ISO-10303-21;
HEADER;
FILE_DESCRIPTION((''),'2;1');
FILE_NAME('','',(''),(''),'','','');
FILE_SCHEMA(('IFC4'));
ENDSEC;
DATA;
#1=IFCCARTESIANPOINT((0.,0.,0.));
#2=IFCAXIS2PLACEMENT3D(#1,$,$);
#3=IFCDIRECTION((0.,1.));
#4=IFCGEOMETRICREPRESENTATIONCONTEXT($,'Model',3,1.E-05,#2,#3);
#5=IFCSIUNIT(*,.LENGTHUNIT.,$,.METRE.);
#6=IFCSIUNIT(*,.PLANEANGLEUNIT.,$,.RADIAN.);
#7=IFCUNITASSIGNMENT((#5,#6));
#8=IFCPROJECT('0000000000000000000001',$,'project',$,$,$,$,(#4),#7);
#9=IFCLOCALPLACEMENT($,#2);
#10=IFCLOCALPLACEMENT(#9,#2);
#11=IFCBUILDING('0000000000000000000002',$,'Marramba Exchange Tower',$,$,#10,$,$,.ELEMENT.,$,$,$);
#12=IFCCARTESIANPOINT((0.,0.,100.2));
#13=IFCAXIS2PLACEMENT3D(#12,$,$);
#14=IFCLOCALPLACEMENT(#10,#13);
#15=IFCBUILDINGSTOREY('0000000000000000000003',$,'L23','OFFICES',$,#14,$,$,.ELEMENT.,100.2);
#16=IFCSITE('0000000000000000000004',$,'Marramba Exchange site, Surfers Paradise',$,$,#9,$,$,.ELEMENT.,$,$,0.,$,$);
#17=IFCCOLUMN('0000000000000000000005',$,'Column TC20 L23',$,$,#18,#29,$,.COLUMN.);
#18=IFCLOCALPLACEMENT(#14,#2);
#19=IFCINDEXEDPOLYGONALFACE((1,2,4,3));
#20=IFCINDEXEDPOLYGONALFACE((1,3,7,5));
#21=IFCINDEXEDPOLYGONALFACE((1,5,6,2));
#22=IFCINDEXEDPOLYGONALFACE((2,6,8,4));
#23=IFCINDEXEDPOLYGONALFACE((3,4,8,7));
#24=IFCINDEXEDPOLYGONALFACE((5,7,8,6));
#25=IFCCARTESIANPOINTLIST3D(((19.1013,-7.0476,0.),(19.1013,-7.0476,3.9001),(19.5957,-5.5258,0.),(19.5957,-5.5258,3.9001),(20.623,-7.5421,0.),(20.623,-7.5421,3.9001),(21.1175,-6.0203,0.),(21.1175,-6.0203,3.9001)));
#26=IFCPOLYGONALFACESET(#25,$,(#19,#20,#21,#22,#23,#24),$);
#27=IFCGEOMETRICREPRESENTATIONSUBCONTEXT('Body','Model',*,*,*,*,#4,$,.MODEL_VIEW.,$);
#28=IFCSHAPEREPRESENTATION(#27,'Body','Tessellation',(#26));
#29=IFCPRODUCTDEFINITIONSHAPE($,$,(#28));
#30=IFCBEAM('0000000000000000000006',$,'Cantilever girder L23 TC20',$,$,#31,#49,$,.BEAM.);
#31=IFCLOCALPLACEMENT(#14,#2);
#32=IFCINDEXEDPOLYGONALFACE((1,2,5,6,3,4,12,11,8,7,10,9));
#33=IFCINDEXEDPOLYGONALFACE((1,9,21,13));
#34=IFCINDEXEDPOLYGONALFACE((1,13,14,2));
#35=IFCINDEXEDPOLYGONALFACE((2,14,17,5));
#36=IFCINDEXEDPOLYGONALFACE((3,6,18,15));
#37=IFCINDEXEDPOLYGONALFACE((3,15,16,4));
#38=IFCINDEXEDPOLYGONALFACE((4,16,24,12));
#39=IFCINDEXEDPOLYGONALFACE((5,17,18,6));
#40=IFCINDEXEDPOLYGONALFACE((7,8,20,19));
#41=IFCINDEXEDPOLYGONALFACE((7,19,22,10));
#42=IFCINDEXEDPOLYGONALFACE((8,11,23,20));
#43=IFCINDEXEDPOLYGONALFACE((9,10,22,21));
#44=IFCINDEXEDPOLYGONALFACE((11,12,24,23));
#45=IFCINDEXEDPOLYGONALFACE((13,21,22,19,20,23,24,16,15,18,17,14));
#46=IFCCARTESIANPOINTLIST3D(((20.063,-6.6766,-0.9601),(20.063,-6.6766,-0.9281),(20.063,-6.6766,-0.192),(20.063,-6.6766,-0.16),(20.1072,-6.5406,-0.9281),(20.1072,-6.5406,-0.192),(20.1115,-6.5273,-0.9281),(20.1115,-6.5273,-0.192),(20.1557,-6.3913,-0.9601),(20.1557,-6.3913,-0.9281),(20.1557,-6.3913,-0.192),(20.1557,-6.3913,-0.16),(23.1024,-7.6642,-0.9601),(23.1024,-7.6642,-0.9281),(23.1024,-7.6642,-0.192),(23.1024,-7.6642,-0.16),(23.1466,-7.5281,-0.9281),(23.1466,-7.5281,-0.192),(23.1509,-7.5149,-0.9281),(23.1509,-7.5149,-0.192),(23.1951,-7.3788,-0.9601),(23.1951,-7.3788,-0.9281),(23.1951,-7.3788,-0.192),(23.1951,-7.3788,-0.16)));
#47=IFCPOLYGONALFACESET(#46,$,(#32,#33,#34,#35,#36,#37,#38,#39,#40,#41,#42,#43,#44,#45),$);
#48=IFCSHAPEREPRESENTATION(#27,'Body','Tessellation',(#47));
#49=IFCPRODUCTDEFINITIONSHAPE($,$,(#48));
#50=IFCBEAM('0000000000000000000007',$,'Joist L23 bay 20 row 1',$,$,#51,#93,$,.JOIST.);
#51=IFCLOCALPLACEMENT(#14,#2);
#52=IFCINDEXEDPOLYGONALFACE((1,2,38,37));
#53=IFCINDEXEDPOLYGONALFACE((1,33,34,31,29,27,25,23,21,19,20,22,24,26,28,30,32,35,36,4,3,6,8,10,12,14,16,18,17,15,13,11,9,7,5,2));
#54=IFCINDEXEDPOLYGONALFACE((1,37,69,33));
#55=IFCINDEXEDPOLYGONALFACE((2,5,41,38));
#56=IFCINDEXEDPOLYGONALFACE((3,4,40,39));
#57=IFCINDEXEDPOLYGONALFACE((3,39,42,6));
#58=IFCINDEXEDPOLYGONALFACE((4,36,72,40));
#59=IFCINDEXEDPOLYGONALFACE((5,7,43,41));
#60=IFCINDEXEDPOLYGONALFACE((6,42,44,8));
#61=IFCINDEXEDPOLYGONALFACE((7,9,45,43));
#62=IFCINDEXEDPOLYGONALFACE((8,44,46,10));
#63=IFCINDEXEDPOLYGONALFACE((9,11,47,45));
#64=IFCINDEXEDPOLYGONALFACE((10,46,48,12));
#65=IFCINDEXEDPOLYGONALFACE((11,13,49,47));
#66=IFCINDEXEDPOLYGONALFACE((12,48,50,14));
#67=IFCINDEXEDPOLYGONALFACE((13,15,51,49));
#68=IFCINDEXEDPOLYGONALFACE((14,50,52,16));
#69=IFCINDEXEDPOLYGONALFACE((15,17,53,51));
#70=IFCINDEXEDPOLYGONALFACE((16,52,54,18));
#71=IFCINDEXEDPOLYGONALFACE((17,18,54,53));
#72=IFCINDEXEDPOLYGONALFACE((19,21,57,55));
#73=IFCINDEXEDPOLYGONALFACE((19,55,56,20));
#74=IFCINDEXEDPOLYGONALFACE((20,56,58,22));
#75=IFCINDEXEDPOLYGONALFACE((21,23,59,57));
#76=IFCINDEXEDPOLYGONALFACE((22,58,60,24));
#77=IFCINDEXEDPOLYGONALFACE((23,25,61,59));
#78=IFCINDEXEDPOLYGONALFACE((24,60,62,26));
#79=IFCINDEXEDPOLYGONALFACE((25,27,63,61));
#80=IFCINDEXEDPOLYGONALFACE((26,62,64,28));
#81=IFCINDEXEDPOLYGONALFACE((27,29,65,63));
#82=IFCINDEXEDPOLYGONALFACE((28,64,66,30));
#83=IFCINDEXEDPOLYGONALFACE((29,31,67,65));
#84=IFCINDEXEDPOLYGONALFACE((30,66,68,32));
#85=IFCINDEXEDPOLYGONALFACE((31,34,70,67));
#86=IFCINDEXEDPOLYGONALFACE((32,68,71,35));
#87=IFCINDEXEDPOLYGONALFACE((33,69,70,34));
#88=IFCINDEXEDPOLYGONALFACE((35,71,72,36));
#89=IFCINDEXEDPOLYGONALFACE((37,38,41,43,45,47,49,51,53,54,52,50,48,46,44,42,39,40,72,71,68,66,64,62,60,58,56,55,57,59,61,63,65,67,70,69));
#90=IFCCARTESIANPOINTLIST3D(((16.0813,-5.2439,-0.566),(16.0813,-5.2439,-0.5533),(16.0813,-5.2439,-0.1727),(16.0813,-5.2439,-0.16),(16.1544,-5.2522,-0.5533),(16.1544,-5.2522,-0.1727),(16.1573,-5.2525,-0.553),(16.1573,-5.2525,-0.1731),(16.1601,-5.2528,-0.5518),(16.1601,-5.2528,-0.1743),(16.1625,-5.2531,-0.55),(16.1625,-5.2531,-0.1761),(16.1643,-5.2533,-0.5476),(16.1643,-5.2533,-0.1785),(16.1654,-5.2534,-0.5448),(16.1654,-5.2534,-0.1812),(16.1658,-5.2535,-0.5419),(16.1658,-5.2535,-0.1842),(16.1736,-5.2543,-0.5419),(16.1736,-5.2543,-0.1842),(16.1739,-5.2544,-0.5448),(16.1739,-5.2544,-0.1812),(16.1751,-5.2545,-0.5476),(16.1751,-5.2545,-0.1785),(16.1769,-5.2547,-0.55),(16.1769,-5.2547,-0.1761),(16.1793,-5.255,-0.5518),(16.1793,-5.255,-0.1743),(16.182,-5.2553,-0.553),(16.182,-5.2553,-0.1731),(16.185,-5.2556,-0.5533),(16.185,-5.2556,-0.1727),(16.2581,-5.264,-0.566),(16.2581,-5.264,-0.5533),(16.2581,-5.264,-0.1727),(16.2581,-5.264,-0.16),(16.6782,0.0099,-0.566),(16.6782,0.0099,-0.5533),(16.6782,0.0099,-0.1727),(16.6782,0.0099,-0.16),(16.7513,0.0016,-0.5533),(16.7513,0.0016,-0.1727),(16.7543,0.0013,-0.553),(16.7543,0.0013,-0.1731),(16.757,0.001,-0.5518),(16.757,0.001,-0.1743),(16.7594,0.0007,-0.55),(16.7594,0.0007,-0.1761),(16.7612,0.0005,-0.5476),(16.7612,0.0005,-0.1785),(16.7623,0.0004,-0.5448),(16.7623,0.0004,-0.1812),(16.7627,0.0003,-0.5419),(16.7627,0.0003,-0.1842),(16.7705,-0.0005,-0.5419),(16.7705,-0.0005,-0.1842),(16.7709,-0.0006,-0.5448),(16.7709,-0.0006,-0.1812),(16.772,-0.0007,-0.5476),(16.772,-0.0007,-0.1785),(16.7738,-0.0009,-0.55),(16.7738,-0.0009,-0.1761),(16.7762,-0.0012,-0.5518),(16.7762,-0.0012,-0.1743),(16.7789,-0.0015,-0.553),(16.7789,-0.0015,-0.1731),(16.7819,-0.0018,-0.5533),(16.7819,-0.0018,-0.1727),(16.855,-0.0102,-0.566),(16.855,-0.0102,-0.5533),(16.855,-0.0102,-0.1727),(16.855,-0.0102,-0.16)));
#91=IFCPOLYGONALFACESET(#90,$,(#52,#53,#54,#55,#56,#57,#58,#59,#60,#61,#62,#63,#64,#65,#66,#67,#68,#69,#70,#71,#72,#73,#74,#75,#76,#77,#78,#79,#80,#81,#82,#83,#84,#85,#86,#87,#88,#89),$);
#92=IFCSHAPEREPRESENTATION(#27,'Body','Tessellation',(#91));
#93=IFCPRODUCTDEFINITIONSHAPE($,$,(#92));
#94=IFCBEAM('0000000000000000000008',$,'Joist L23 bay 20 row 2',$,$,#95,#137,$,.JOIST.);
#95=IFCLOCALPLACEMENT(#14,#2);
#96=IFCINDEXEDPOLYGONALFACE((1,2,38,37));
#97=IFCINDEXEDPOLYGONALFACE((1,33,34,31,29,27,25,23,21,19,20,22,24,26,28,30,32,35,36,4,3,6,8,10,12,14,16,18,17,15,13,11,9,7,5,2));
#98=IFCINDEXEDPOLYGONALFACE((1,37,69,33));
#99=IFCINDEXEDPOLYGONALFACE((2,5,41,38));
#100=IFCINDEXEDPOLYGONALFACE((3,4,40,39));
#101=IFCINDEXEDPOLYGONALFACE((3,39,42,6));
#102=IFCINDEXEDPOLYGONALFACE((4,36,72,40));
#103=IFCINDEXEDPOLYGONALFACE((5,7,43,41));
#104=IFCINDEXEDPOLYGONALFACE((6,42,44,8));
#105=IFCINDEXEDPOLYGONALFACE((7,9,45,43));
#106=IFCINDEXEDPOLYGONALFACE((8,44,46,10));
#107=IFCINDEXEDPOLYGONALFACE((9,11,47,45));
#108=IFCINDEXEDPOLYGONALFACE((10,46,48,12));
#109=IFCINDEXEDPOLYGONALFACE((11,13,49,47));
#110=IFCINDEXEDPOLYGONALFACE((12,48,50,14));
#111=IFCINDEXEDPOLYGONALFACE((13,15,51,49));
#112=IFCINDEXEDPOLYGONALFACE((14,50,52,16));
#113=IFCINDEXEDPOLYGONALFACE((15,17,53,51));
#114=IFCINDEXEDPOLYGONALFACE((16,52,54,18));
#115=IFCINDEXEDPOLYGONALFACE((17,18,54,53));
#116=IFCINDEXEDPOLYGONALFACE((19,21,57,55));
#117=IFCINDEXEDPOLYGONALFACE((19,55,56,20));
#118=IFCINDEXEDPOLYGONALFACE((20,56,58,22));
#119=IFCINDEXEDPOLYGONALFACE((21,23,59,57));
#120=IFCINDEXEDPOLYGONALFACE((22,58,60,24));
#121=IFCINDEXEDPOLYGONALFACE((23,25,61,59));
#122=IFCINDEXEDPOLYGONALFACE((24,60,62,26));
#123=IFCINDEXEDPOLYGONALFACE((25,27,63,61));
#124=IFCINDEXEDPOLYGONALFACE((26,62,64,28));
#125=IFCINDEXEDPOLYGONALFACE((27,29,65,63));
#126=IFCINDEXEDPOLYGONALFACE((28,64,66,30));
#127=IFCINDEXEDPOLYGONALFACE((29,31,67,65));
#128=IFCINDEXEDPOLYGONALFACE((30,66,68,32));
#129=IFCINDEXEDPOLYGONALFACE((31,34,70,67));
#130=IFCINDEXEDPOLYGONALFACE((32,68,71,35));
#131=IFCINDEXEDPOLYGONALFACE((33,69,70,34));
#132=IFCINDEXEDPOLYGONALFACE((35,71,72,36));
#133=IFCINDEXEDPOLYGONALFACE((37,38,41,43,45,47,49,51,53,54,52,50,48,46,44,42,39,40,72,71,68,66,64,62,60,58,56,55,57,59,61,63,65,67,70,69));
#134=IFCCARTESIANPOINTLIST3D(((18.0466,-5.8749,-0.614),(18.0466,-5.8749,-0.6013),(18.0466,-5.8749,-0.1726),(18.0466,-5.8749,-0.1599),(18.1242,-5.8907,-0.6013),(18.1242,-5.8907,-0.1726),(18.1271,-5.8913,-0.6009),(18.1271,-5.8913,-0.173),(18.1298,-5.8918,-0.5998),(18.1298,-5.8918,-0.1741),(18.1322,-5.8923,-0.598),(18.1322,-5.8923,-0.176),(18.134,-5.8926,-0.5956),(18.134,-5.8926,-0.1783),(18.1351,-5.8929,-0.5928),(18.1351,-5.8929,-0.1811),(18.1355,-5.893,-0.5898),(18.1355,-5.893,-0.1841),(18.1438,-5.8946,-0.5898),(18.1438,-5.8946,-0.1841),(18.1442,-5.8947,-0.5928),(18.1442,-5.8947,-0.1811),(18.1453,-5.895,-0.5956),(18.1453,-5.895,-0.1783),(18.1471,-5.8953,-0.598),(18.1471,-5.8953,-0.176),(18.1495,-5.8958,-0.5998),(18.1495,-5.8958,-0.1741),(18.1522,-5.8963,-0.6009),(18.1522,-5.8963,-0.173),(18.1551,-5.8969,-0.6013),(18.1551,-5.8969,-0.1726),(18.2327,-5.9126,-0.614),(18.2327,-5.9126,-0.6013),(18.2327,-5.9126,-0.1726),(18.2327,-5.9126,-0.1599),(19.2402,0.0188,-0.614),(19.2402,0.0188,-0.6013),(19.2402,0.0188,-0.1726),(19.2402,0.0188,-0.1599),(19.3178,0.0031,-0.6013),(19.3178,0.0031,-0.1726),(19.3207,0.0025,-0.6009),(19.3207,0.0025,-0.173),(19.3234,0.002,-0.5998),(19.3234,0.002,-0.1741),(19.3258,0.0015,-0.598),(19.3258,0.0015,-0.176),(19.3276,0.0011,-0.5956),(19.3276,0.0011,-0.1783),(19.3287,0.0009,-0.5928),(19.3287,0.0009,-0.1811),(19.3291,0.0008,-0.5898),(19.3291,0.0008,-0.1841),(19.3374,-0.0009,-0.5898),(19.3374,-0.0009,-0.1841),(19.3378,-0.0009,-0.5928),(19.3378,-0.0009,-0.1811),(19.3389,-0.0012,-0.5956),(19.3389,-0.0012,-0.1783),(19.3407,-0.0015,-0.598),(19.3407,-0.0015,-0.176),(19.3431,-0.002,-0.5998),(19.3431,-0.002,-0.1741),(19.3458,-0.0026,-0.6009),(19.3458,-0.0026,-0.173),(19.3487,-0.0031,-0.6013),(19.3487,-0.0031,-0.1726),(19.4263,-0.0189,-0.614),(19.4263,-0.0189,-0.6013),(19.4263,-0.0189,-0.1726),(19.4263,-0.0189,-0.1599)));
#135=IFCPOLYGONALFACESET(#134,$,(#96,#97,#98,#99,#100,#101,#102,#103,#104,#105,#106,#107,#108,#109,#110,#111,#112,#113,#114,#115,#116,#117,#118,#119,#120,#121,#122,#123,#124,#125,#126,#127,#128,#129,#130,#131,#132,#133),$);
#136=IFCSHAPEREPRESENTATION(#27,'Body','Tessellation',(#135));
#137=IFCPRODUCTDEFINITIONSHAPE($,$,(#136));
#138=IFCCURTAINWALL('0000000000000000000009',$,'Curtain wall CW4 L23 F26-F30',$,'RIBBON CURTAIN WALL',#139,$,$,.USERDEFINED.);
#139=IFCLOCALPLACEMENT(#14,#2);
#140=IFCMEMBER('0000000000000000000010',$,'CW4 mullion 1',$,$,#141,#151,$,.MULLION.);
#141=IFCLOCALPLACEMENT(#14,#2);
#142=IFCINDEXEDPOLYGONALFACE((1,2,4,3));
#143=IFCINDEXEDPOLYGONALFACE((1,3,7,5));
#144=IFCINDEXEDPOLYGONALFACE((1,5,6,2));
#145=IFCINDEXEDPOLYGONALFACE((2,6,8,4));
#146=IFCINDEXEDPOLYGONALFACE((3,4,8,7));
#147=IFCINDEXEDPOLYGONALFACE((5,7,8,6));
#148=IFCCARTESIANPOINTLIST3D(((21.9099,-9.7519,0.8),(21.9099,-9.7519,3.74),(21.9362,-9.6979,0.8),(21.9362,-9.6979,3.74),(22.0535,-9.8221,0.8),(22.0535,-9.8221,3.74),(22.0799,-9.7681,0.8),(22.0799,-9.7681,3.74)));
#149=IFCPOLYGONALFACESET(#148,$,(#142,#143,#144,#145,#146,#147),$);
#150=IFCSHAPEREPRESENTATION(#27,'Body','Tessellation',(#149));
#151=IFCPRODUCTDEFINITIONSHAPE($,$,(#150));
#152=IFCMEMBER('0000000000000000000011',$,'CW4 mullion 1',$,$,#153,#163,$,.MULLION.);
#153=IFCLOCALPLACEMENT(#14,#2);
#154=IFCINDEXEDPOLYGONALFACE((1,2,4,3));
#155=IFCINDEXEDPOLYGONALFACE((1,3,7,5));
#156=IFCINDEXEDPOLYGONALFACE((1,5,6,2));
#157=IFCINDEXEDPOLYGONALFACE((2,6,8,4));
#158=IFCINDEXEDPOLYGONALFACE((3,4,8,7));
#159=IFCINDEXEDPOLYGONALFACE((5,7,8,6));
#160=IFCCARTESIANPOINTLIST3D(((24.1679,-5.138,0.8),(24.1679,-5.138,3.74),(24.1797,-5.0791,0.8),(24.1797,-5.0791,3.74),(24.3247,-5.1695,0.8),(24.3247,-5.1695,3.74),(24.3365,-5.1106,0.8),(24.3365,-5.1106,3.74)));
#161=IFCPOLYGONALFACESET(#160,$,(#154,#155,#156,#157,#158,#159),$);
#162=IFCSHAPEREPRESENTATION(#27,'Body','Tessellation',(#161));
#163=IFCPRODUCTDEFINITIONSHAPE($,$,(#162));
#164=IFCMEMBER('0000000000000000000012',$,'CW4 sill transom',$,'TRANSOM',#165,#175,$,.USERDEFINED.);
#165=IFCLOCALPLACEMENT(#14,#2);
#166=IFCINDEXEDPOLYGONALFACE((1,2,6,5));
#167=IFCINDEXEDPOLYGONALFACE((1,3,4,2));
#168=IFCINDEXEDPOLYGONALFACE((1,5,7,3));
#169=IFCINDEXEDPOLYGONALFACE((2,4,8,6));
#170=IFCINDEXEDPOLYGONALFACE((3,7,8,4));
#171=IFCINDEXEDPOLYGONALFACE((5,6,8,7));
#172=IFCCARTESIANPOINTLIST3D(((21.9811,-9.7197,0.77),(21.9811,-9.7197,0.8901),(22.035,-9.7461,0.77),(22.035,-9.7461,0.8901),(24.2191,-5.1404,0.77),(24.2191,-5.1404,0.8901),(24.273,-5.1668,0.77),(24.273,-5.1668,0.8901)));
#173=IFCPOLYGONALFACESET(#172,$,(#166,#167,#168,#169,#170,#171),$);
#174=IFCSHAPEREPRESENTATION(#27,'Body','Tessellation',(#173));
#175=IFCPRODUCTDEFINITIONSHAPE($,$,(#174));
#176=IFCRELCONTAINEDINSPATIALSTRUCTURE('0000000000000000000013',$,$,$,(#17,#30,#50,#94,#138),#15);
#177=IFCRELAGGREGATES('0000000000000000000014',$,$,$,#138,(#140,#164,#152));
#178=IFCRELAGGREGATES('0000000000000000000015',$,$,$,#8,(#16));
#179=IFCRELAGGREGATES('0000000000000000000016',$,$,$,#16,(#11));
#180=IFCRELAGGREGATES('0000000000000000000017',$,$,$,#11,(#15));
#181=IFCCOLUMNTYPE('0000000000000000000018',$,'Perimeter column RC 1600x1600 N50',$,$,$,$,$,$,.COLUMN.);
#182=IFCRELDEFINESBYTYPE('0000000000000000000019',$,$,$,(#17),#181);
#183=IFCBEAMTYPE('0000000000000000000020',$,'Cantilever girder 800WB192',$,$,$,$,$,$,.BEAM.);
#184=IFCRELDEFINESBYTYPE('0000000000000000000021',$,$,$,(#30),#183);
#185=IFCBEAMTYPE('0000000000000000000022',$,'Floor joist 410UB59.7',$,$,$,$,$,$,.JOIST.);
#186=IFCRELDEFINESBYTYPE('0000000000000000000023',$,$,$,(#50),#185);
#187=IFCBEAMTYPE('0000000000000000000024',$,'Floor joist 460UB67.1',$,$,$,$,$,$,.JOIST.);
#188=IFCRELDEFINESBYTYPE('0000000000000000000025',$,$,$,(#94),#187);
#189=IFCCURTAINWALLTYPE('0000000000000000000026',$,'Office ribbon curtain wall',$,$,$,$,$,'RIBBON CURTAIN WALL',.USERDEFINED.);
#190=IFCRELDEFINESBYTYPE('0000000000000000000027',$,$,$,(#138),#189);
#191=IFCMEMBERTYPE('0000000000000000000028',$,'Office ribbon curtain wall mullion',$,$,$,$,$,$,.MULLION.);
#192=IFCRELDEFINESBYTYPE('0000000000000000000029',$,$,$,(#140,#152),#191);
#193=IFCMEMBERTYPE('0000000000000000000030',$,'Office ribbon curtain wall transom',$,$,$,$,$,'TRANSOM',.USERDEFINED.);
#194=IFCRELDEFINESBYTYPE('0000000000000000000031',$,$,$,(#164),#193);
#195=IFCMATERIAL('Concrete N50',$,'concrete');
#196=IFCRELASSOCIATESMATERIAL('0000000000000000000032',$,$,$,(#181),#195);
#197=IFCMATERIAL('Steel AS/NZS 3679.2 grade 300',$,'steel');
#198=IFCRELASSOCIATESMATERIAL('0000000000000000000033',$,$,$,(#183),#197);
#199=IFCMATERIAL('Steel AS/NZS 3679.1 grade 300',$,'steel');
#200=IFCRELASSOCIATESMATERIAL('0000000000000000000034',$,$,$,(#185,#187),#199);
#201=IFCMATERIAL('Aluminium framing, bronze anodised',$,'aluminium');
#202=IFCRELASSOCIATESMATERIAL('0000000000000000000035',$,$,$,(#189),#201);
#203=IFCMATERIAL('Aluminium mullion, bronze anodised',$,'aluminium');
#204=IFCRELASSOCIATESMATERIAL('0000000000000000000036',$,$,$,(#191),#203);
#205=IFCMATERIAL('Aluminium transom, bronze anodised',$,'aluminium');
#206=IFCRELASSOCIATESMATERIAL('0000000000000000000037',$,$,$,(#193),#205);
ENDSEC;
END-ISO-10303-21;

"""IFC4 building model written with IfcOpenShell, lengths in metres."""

from ifc_helpers import new_model, si_unit, direction, frame, origin, origin_2d, place, context, subcontext, project, spatial, rectangle, i_section, extrude, material, material_profile, profile_set, type_object, element, aggregate, save


model = new_model("IFC4")

# Units and contexts
model_context = context("Model", 3, precision=1e-05, world=origin(), true_north=direction((0.0, 1.0)))
body_context = subcontext(model_context, "Body", "Model", "MODEL_VIEW")
ifc_project = project(units=[si_unit("LENGTHUNIT", "METRE"), si_unit("PLANEANGLEUNIT", "RADIAN")], contexts=[model_context])

# Site, building, storey
site_placement = place(None, origin())
site = spatial("IfcSite", under=ifc_project, at=site_placement, Name="Marramba Exchange site, Surfers Paradise", CompositionType="ELEMENT", RefElevation=0.0)
building_placement = place(site_placement, origin())
building = spatial("IfcBuilding", under=site, at=building_placement, Name="Marramba Exchange Tower", CompositionType="ELEMENT")
storey_placement = place(building_placement, frame((0.0, 0.0, 100.2)))
storey = spatial("IfcBuildingStorey", under=building, at=storey_placement, Name="L23", Description="OFFICES", CompositionType="ELEMENT", Elevation=100.2)

# Column
ifc_material_1 = material(Name="Concrete N50", Category="concrete")
ifc_material_profile_1 = material_profile(ifc_material_1, rectangle(XDim=1.6001, YDim=1.6001, at=origin_2d()), Name="RC 1600x1600")
ifc_profile_set_1 = profile_set([ifc_material_profile_1], Name="Concrete N50")
column_type = type_object("IfcColumnType", Name="Perimeter column RC 1600x1600 N50", PredefinedType="COLUMN", material=ifc_profile_set_1)
column_placement = place(storey_placement, frame((20.1094, -6.5339, 0.0), z_axis=(0.0, 0.0, 1.0), x_axis=(0.951057, -0.309017, 0.0)))
element("IfcColumn", 1, at=column_placement, inside=storey, type_object=column_type, Name="Column TC20 L23", PredefinedType="COLUMN", context=body_context, shape_type="SweptSolid", body=[
    extrude(rectangle(XDim=1.6001, YDim=1.6001, at=origin_2d()), origin(), (0.0, 0.0, 1.0), 3.9001),
])

# Beams
ifc_material_2 = material(Name="Steel AS/NZS 3679.2 grade 300", Category="steel")
ifc_material_profile_2 = material_profile(ifc_material_2, i_section(OverallWidth=0.3, OverallDepth=0.8, WebThickness=0.0139, FlangeThickness=0.032, at=origin_2d()), Name="800WB192")
ifc_profile_set_2 = profile_set([ifc_material_profile_2], Name="Steel AS/NZS 3679.2 grade 300")
beam_type_1 = type_object("IfcBeamType", Name="Cantilever girder 800WB192", PredefinedType="BEAM", material=ifc_profile_set_2)
beam_1_placement = place(storey_placement, frame((20.1094, -6.5339, -0.5601), z_axis=(0.951055, -0.309022, 0.0), x_axis=(0.309022, 0.951055, 0.0)))
element("IfcBeam", 2, at=beam_1_placement, inside=storey, type_object=beam_type_1, Name="Cantilever girder L23 TC20", PredefinedType="BEAM", context=body_context, shape_type="SweptSolid", body=[
    extrude(i_section(OverallWidth=0.3, OverallDepth=0.8, WebThickness=0.0139, FlangeThickness=0.032, at=origin_2d()), origin(), (0.0, 0.0, 1.0), 3.1958),
])
ifc_material_3 = material(Name="Steel AS/NZS 3679.1 grade 300", Category="steel")
ifc_material_profile_3 = material_profile(ifc_material_3, i_section(OverallWidth=0.178, OverallDepth=0.406, WebThickness=0.0078, FlangeThickness=0.0127, FilletRadius=0.0115, at=origin_2d()), Name="410UB59.7")
ifc_profile_set_3 = profile_set([ifc_material_profile_3], Name="Steel AS/NZS 3679.1 grade 300")
beam_type_2 = type_object("IfcBeamType", Name="Floor joist 410UB59.7", PredefinedType="JOIST", material=ifc_profile_set_3)
beam_2_placement = place(storey_placement, frame((16.1697, -5.2539, -0.363), z_axis=(0.112889, 0.993608, 0.0), x_axis=(-0.993608, 0.112889, 0.0)))
element("IfcBeam", 3, at=beam_2_placement, inside=storey, type_object=beam_type_2, Name="Joist L23 bay 20 row 1", PredefinedType="JOIST", context=body_context, shape_type="SweptSolid", body=[
    extrude(i_section(OverallWidth=0.178, OverallDepth=0.406, WebThickness=0.0078, FlangeThickness=0.0127, FilletRadius=0.0115, at=origin_2d()), origin(), (0.0, 0.0, 1.0), 5.2876),
])
ifc_material_profile_4 = material_profile(ifc_material_3, i_section(OverallWidth=0.1899, OverallDepth=0.4541, WebThickness=0.0085, FlangeThickness=0.0127, FilletRadius=0.0115, at=origin_2d()), Name="460UB67.1")
ifc_profile_set_4 = profile_set([ifc_material_profile_4], Name="Steel AS/NZS 3679.1 grade 300")
beam_type_3 = type_object("IfcBeamType", Name="Floor joist 460UB67.1", PredefinedType="JOIST", material=ifc_profile_set_4)
beam_3_placement = place(storey_placement, frame((18.1396, -5.8938, -0.387), z_axis=(0.198489, 0.980103, 0.0), x_axis=(-0.980103, 0.198489, 0.0)))
element("IfcBeam", 4, at=beam_3_placement, inside=storey, type_object=beam_type_3, Name="Joist L23 bay 20 row 2", PredefinedType="JOIST", context=body_context, shape_type="SweptSolid", body=[
    extrude(i_section(OverallWidth=0.1899, OverallDepth=0.4541, WebThickness=0.0085, FlangeThickness=0.0127, FilletRadius=0.0115, at=origin_2d()), origin(), (0.0, 0.0, 1.0), 6.0134),
])

# Curtain wall, members
ifc_material_4 = material(Name="Aluminium framing, bronze anodised", Category="aluminium")
curtain_wall_type = type_object("IfcCurtainWallType", Name="Office ribbon curtain wall", ElementType="RIBBON CURTAIN WALL", PredefinedType="USERDEFINED", material=ifc_material_4)
curtain_wall_placement = place(storey_placement, origin())
curtain_wall = element("IfcCurtainWall", 5, at=curtain_wall_placement, inside=storey, type_object=curtain_wall_type, Name="Curtain wall CW4 L23 F26-F30", ObjectType="RIBBON CURTAIN WALL", PredefinedType="USERDEFINED")
ifc_material_5 = material(Name="Aluminium mullion, bronze anodised", Category="aluminium")
ifc_material_profile_5 = material_profile(ifc_material_5, rectangle(XDim=0.1599, YDim=0.0601, at=origin_2d()), Name="CW4 mullion 60x160")
ifc_profile_set_5 = profile_set([ifc_material_profile_5], Name="Aluminium mullion, bronze anodised")
member_type_1 = type_object("IfcMemberType", Name="Office ribbon curtain wall mullion", PredefinedType="MULLION", material=ifc_profile_set_5)
member_1_placement = place(storey_placement, frame((21.9949, -9.76, 0.8), z_axis=(0.0, 0.0, 1.0), x_axis=(-0.898445, 0.439086, 0.0)))
member_1 = element("IfcMember", 6, at=member_1_placement, type_object=member_type_1, Name="CW4 mullion 1", PredefinedType="MULLION", context=body_context, shape_type="SweptSolid", body=[
    extrude(rectangle(XDim=0.1599, YDim=0.0601, at=origin_2d()), origin(), (0.0, 0.0, 1.0), 2.9399),
])
member_2_placement = place(storey_placement, frame((24.2522, -5.1243, 0.8), z_axis=(0.0, 0.0, 1.0), x_axis=(-0.980394, 0.197049, 0.0)))
member_2 = element("IfcMember", 7, at=member_2_placement, type_object=member_type_1, Name="CW4 mullion 1", PredefinedType="MULLION", context=body_context, shape_type="SweptSolid", body=[
    extrude(rectangle(XDim=0.1599, YDim=0.0601, at=origin_2d()), origin(), (0.0, 0.0, 1.0), 2.9399),
])
ifc_material_6 = material(Name="Aluminium transom, bronze anodised", Category="aluminium")
ifc_material_profile_6 = material_profile(ifc_material_6, rectangle(XDim=0.0601, YDim=0.1201, at=origin_2d()), Name="CW4 transom 60x120")
ifc_profile_set_6 = profile_set([ifc_material_profile_6], Name="Aluminium transom, bronze anodised")
member_type_2 = type_object("IfcMemberType", Name="Office ribbon curtain wall transom", ElementType="TRANSOM", PredefinedType="USERDEFINED", material=ifc_profile_set_6)
member_3_placement = place(storey_placement, frame((22.0081, -9.7329, 0.8301), z_axis=(0.439091, 0.898443, 0.0), x_axis=(-0.898443, 0.439091, 0.0)))
member_3 = element("IfcMember", 8, at=member_3_placement, type_object=member_type_2, Name="CW4 sill transom", ObjectType="TRANSOM", PredefinedType="USERDEFINED", context=body_context, shape_type="SweptSolid", body=[
    extrude(rectangle(XDim=0.0601, YDim=0.1201, at=origin_2d()), origin(), (0.0, 0.0, 1.0), 5.0969),
])

aggregate(curtain_wall, [member_1, member_3, member_2])

save(model, "model.ifc")
